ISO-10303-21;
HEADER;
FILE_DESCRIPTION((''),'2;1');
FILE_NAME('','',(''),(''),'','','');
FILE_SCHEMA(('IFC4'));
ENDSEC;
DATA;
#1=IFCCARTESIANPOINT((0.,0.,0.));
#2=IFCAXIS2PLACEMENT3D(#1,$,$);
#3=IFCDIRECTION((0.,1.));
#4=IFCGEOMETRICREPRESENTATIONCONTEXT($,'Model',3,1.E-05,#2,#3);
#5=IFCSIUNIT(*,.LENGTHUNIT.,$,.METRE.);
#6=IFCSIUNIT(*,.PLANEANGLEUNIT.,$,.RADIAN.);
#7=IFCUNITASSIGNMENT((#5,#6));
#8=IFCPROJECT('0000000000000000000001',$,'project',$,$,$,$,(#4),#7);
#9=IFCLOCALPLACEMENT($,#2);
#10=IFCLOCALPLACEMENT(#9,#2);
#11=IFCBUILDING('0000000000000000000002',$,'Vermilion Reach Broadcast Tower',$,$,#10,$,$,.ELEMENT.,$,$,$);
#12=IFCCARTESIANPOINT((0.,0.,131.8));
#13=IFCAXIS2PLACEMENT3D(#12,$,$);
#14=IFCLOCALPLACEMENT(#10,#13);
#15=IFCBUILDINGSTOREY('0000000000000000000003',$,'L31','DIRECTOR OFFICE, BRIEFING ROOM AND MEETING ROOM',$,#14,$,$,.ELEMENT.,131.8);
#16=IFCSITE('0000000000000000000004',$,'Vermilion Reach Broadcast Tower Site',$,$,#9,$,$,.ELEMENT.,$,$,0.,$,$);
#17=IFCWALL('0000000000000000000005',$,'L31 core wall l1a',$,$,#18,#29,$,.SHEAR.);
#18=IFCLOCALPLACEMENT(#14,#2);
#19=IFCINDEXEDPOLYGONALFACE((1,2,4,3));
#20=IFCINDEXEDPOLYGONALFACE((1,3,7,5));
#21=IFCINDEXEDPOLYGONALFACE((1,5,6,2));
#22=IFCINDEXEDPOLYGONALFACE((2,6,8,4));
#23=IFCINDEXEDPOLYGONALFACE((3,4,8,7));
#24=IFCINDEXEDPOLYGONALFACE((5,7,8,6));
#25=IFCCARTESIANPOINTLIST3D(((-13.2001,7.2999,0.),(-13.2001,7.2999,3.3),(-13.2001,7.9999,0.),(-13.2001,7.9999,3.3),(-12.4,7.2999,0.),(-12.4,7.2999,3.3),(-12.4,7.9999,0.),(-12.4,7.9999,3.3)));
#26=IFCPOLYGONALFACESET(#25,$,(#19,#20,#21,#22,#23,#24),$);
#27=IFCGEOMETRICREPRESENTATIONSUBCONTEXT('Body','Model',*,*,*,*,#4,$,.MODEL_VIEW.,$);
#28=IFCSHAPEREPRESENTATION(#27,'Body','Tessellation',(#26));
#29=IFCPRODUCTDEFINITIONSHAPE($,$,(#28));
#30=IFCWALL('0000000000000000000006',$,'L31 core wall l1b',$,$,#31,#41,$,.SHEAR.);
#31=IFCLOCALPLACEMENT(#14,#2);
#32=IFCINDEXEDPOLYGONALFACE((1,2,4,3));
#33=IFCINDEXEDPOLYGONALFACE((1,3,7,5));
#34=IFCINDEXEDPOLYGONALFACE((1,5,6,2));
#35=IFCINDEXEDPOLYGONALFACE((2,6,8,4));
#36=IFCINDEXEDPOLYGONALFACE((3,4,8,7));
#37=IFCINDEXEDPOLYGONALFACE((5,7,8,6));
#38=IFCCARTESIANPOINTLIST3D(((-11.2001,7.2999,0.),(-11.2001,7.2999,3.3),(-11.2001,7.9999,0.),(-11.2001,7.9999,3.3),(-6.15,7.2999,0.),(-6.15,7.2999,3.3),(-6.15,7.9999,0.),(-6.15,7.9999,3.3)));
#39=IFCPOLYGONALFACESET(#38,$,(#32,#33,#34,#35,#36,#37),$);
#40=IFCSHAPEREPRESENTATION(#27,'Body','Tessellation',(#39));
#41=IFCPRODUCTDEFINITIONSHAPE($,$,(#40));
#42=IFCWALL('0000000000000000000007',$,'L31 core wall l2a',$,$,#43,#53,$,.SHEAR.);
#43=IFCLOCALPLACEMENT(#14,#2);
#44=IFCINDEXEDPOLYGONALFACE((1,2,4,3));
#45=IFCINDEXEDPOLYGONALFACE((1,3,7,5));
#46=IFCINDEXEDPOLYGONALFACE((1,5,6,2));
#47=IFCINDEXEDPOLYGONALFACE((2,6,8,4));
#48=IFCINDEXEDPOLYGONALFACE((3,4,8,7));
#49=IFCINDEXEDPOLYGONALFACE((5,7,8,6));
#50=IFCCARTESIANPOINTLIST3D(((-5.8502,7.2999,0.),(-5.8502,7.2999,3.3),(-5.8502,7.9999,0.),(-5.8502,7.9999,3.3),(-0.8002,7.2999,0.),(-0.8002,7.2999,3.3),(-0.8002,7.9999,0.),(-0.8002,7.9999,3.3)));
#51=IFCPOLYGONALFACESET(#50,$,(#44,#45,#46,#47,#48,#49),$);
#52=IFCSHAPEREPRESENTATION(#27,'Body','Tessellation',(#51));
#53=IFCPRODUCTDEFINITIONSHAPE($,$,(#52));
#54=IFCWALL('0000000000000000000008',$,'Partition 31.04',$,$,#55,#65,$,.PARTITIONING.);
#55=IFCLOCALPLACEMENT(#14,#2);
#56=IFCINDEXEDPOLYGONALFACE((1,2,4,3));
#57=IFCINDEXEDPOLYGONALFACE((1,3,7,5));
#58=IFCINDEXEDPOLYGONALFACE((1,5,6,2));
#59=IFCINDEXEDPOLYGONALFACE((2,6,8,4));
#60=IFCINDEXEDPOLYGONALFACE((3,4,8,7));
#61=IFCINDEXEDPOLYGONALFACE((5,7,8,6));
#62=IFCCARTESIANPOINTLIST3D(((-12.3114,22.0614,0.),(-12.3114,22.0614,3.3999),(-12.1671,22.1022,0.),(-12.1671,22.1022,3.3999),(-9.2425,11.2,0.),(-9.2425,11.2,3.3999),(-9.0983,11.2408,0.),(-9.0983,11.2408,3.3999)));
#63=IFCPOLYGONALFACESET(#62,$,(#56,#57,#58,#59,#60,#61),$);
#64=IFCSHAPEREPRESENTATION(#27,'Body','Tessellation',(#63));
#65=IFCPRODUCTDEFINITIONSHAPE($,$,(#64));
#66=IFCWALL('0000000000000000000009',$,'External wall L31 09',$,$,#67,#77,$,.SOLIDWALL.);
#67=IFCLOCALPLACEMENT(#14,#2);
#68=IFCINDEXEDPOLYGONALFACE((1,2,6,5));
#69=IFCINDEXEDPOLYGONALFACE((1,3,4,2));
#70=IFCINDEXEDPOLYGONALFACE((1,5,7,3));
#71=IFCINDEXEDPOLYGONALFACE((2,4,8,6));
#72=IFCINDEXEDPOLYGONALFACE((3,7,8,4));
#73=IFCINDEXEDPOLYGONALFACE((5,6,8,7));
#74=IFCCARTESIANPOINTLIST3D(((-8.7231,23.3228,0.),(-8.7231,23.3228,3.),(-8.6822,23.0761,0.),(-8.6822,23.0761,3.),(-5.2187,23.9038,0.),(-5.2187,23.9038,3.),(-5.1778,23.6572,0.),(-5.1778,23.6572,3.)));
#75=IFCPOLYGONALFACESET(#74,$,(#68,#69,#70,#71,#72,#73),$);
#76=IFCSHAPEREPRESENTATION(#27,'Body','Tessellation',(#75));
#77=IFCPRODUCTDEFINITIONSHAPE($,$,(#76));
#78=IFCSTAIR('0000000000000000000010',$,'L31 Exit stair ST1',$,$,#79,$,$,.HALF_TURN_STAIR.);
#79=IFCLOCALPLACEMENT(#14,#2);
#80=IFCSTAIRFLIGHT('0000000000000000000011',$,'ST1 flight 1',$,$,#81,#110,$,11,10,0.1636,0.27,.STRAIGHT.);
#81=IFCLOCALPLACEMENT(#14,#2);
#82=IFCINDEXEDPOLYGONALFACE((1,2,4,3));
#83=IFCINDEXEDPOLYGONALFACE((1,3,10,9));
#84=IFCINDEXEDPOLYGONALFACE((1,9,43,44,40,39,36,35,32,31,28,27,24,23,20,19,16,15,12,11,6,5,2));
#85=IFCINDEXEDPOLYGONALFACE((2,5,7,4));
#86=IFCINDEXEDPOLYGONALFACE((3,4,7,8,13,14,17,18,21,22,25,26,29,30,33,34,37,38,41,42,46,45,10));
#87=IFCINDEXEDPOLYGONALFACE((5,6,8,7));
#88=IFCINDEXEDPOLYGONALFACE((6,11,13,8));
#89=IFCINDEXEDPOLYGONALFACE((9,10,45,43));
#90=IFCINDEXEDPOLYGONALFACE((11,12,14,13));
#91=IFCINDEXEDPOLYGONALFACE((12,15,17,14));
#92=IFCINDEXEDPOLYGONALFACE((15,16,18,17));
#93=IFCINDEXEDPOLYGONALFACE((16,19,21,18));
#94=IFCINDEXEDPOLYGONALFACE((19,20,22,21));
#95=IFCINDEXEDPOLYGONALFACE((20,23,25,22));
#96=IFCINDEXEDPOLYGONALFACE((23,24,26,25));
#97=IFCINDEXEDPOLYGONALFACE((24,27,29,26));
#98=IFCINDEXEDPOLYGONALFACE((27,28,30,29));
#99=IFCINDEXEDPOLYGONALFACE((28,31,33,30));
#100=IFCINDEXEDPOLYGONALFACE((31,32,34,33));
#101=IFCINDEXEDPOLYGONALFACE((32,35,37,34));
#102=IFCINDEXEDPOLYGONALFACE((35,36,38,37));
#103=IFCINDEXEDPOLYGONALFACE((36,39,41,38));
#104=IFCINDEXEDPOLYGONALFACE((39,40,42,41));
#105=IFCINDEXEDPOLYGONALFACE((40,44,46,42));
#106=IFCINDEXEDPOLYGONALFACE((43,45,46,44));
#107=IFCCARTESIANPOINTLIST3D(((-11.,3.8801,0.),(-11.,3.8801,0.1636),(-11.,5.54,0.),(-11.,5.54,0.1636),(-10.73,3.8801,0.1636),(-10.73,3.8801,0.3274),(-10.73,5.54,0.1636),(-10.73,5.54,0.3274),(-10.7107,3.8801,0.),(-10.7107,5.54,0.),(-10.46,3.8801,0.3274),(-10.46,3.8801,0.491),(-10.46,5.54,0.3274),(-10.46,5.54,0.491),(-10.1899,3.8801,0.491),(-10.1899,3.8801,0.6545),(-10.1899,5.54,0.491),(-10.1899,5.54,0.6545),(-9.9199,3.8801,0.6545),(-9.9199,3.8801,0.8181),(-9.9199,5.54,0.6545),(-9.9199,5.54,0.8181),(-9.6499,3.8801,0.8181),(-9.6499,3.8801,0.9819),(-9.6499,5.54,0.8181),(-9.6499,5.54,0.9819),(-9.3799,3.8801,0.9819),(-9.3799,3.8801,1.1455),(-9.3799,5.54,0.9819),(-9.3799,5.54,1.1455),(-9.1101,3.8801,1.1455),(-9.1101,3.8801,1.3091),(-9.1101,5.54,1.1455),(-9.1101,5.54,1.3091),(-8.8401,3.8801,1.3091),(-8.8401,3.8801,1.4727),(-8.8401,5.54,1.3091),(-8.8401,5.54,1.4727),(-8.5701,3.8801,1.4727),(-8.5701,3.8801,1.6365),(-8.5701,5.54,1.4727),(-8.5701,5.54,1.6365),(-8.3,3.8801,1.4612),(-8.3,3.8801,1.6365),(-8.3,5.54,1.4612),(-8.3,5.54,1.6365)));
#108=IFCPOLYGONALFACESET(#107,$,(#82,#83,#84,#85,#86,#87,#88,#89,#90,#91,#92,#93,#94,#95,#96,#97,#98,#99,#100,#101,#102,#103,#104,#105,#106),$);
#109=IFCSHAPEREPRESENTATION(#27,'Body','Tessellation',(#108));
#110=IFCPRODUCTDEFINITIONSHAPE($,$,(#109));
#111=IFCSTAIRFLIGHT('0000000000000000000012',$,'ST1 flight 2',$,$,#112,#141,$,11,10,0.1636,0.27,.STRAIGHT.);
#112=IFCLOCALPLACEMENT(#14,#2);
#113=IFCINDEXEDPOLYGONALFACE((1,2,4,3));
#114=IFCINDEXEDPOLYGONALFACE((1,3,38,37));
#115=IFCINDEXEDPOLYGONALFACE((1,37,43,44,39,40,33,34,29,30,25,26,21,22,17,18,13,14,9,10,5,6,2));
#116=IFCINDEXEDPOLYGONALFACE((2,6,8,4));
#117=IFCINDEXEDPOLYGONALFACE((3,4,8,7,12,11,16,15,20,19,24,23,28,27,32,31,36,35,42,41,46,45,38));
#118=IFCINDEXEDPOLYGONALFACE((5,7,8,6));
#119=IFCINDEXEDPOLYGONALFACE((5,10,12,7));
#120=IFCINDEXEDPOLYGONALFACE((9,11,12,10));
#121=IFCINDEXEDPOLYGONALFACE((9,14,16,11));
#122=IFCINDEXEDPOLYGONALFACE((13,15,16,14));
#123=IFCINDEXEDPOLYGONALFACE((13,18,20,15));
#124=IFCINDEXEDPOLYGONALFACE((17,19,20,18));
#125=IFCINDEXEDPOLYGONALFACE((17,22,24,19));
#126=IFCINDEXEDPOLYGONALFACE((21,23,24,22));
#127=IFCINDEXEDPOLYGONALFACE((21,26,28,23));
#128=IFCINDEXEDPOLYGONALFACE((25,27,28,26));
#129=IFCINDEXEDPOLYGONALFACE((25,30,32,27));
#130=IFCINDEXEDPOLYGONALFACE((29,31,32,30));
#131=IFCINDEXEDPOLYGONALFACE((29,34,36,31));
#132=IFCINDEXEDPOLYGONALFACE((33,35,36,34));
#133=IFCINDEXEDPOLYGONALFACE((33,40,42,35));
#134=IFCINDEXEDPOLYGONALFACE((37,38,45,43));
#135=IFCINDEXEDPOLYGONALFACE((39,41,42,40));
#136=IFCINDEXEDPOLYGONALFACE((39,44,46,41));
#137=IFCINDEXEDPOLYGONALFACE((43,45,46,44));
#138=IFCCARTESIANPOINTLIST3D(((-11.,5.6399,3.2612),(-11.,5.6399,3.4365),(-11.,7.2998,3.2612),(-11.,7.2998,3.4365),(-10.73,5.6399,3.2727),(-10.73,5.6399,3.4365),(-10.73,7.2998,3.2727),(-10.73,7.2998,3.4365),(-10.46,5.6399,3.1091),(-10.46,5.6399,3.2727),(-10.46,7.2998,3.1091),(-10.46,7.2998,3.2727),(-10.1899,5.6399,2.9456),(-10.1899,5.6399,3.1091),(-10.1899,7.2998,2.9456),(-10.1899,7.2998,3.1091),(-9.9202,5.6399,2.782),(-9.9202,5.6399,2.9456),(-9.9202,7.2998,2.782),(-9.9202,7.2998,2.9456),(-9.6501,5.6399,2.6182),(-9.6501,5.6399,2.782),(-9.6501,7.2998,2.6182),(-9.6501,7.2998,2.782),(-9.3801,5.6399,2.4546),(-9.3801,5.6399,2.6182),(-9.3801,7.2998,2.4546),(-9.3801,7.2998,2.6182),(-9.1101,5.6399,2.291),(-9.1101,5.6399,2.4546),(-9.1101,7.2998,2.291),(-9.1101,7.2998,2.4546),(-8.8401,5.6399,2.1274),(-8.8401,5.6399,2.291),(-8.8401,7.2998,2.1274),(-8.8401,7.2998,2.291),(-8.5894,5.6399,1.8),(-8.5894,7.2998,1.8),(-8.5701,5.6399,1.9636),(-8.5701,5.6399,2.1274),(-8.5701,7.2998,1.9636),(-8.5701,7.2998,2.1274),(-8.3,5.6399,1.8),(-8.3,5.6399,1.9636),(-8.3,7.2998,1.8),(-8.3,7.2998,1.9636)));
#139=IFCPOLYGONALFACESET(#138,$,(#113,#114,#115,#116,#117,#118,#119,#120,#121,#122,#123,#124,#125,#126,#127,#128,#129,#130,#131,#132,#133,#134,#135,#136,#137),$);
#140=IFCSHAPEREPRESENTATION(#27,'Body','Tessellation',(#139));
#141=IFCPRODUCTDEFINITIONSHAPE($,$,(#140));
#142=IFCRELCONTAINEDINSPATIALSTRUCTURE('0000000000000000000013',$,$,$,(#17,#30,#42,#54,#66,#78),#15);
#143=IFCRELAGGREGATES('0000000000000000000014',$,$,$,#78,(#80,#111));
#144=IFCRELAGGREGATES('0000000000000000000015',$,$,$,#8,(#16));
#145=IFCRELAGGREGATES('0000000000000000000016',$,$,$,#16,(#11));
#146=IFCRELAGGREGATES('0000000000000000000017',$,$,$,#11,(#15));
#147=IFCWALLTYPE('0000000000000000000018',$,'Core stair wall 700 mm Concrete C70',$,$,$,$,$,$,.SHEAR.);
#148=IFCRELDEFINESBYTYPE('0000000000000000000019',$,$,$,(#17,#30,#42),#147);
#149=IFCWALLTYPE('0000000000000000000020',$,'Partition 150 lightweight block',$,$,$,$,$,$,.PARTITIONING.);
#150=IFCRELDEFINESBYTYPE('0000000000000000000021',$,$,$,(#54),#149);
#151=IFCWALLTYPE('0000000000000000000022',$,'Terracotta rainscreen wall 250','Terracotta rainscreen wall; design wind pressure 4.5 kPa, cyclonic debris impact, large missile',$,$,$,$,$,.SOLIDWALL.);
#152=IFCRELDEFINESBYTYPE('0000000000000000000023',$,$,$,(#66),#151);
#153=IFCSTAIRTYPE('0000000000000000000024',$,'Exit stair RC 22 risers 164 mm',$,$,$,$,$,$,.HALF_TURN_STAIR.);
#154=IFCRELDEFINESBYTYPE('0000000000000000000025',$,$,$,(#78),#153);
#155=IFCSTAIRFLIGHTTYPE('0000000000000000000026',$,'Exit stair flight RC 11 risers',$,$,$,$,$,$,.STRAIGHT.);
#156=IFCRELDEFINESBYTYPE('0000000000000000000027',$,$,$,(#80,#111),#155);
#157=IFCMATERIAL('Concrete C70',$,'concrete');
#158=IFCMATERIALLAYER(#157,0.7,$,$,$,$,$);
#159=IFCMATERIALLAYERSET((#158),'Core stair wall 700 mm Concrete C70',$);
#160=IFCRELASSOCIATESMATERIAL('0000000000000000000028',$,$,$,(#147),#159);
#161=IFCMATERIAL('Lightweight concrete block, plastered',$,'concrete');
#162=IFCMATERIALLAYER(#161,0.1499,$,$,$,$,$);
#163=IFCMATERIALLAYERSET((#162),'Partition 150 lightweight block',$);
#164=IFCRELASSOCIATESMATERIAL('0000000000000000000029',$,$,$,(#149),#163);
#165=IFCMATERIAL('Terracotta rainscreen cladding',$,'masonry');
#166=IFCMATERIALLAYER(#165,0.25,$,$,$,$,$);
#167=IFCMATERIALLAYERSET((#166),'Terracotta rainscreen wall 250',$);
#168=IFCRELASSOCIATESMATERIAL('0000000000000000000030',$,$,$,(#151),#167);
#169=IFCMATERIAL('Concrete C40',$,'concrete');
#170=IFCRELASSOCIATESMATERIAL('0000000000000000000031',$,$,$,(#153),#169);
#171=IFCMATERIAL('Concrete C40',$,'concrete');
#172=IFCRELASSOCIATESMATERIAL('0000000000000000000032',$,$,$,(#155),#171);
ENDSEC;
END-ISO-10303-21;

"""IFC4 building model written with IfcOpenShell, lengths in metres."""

from ifc_helpers import new_model, si_unit, direction, frame, frame_2d, origin, place, context, subcontext, project, spatial, polyline, rectangle, outline, extrude, material, layer, layer_set, type_object, element, aggregate, save


model = new_model("IFC4")

# Units and contexts
model_context = context("Model", 3, precision=1e-05, world=origin(), true_north=direction((0.0, 1.0)))
body_context = subcontext(model_context, "Body", "Model", "MODEL_VIEW")
ifc_project = project(units=[si_unit("LENGTHUNIT", "METRE"), si_unit("PLANEANGLEUNIT", "RADIAN")], contexts=[model_context])

# Site, building, storey
site_placement = place(None, origin())
site = spatial("IfcSite", under=ifc_project, at=site_placement, Name="Vermilion Reach Broadcast Tower Site", CompositionType="ELEMENT", RefElevation=0.0)
building_placement = place(site_placement, origin())
building = spatial("IfcBuilding", under=site, at=building_placement, Name="Vermilion Reach Broadcast Tower", CompositionType="ELEMENT")
storey_placement = place(building_placement, frame((0.0, 0.0, 131.8)))
storey = spatial("IfcBuildingStorey", under=building, at=storey_placement, Name="L31", Description="DIRECTOR OFFICE, BRIEFING ROOM AND MEETING ROOM", CompositionType="ELEMENT", Elevation=131.8)

# Shared definitions
placement = place(storey_placement, origin())

# Walls
ifc_material_1 = material(Name="Concrete C70", Category="concrete")
ifc_layer_1 = layer(ifc_material_1, 0.7)
ifc_layer_set_1 = layer_set([ifc_layer_1], Name="Core stair wall 700 mm Concrete C70")
wall_type_1 = type_object("IfcWallType", Name="Core stair wall 700 mm Concrete C70", PredefinedType="SHEAR", material=ifc_layer_set_1)
wall_1_placement = place(storey_placement, frame((-13.2, 7.6499, 0.0), z_axis=(0.0, 0.0, 1.0), x_axis=(1.0, 0.0, 0.0)))
element("IfcWall", 1, at=wall_1_placement, inside=storey, type_object=wall_type_1, Name="L31 core wall l1a", PredefinedType="SHEAR", context=body_context, shape_type="SweptSolid", body=[
    extrude(rectangle(XDim=0.8, YDim=0.7, at=frame_2d((0.3999, 0.0))), origin(), (0.0, 0.0, 1.0), 3.3),
])
for number, where, z_axis, x_axis, name in (
    (2, (-11.2, 7.6499, 0.0), (0.0, 0.0, 1.0), (1.0, 0.0, 0.0), "L31 core wall l1b"),
    (3, (-5.8501, 7.6499, 0.0), (0.0, 0.0, 1.0), (1.0, 0.0, 0.0), "L31 core wall l2a"),
):
    element("IfcWall", number, at=place(storey_placement, frame(where, z_axis=z_axis, x_axis=x_axis)), inside=storey, type_object=wall_type_1, Name=name, PredefinedType="SHEAR", context=body_context, shape_type="SweptSolid", body=[
        extrude(rectangle(XDim=5.05, YDim=0.7, at=frame_2d((2.5249, 0.0))), origin(), (0.0, 0.0, 1.0), 3.3),
    ])
ifc_material_2 = material(Name="Lightweight concrete block, plastered", Category="concrete")
ifc_layer_2 = layer(ifc_material_2, 0.1499)
ifc_layer_set_2 = layer_set([ifc_layer_2], Name="Partition 150 lightweight block")
wall_type_2 = type_object("IfcWallType", Name="Partition 150 lightweight block", PredefinedType="PARTITIONING", material=ifc_layer_set_2)
wall_2_placement = place(storey_placement, frame((-12.2393, 22.0818, 0.0), z_axis=(0.0, 0.0, 1.0), x_axis=(0.271903, -0.962325, 0.0)))
element("IfcWall", 4, at=wall_2_placement, inside=storey, type_object=wall_type_2, Name="Partition 31.04", PredefinedType="PARTITIONING", context=body_context, shape_type="SweptSolid", body=[
    extrude(rectangle(XDim=11.2866, YDim=0.1499, at=frame_2d((5.6433, 0.0))), origin(), (0.0, 0.0, 1.0), 3.3999),
])
ifc_material_3 = material(Name="Terracotta rainscreen cladding", Category="masonry")
ifc_layer_3 = layer(ifc_material_3, 0.25)
ifc_layer_set_3 = layer_set([ifc_layer_3], Name="Terracotta rainscreen wall 250")
wall_type_3 = type_object("IfcWallType", Name="Terracotta rainscreen wall 250", Description="Terracotta rainscreen wall; design wind pressure 4.5 kPa, cyclonic debris impact, large missile", PredefinedType="SOLIDWALL", material=ifc_layer_set_3)
wall_3_placement = place(storey_placement, frame((-5.1982, 23.7805, 0.0), z_axis=(0.0, 0.0, 1.0), x_axis=(-0.986531, -0.163574, 0.0)))
element("IfcWall", 5, at=wall_3_placement, inside=storey, type_object=wall_type_3, Name="External wall L31 09", PredefinedType="SOLIDWALL", context=body_context, shape_type="SweptSolid", body=[
    extrude(rectangle(XDim=3.5522, YDim=0.25, at=frame_2d((1.7761, 0.0))), origin(), (0.0, 0.0, 1.0), 3.0),
])

# Stair, stair flights
ifc_material_4 = material(Name="Concrete C40", Category="concrete")
stair_type = type_object("IfcStairType", Name="Exit stair RC 22 risers 164 mm", PredefinedType="HALF_TURN_STAIR", material=ifc_material_4)
stair = element("IfcStair", 6, at=placement, inside=storey, type_object=stair_type, Name="L31 Exit stair ST1", PredefinedType="HALF_TURN_STAIR")
ifc_material_5 = material(Name="Concrete C40", Category="concrete")
stair_flight_type = type_object("IfcStairFlightType", Name="Exit stair flight RC 11 risers", PredefinedType="STRAIGHT", material=ifc_material_5)
stair_flight_1_placement = place(storey_placement, frame((-11.0, 4.71, 0.0), z_axis=(0.0, 0.0, 1.0), x_axis=(1.0, 0.0, 0.0)))
stair_flight_1 = element("IfcStairFlight", 7, at=stair_flight_1_placement, type_object=stair_flight_type, Name="ST1 flight 1", NumberOfRisers=11, NumberOfTreads=10, PredefinedType="STRAIGHT", RiserHeight=0.1636, TreadLength=0.27, context=body_context, shape_type="SweptSolid", body=[
    extrude(outline(polyline([(0.0, 0.0), (0.0, 0.1636), (0.27, 0.1636), (0.27, 0.3274), (0.54, 0.3274), (0.54, 0.491), (0.8101, 0.491), (0.8101, 0.6545), (1.0801, 0.6545), (1.0801, 0.8181), (1.3501, 0.8181), (1.3501, 0.9819), (1.6201, 0.9819), (1.6201, 1.1455), (1.8899, 1.1455), (1.8899, 1.3091), (2.1599, 1.3091), (2.1599, 1.4727), (2.4299, 1.4727), (2.4299, 1.6365), (2.7, 1.6365), (2.7, 1.8), (2.7, 1.4612), (0.2893, 0.0), (0.0, 0.0)])), frame((0.0, 0.8301, 0.0), z_axis=(0.0, -1.0, 0.0), x_axis=(1.0, 0.0, 0.0)), (0.0, 0.0, 1.0), 1.6599),
])
stair_flight_2_placement = place(storey_placement, frame((-8.3, 6.47, 1.8), z_axis=(0.0, 0.0, 1.0), x_axis=(-1.0, 0.0, 0.0)))
stair_flight_2 = element("IfcStairFlight", 8, at=stair_flight_2_placement, type_object=stair_flight_type, Name="ST1 flight 2", NumberOfRisers=11, NumberOfTreads=10, PredefinedType="STRAIGHT", RiserHeight=0.1636, TreadLength=0.27, context=body_context, shape_type="SweptSolid", body=[
    extrude(outline(polyline([(0.0, 0.0), (0.0, 0.1636), (0.27, 0.1636), (0.27, 0.3274), (0.54, 0.3274), (0.54, 0.491), (0.8101, 0.491), (0.8101, 0.6545), (1.0801, 0.6545), (1.0801, 0.8181), (1.3501, 0.8181), (1.3501, 0.9819), (1.6201, 0.9819), (1.6201, 1.1455), (1.8899, 1.1455), (1.8899, 1.3091), (2.1599, 1.3091), (2.1599, 1.4727), (2.4299, 1.4727), (2.4299, 1.6365), (2.7, 1.6365), (2.7, 1.8), (2.7, 1.4612), (0.2893, 0.0), (0.0, 0.0)])), frame((0.0, 0.8301, 0.0), z_axis=(0.0, -1.0, 0.0), x_axis=(1.0, 0.0, 0.0)), (0.0, 0.0, 1.0), 1.6599),
])
aggregate(stair, [stair_flight_1, stair_flight_2])

save(model, "model.ifc")
